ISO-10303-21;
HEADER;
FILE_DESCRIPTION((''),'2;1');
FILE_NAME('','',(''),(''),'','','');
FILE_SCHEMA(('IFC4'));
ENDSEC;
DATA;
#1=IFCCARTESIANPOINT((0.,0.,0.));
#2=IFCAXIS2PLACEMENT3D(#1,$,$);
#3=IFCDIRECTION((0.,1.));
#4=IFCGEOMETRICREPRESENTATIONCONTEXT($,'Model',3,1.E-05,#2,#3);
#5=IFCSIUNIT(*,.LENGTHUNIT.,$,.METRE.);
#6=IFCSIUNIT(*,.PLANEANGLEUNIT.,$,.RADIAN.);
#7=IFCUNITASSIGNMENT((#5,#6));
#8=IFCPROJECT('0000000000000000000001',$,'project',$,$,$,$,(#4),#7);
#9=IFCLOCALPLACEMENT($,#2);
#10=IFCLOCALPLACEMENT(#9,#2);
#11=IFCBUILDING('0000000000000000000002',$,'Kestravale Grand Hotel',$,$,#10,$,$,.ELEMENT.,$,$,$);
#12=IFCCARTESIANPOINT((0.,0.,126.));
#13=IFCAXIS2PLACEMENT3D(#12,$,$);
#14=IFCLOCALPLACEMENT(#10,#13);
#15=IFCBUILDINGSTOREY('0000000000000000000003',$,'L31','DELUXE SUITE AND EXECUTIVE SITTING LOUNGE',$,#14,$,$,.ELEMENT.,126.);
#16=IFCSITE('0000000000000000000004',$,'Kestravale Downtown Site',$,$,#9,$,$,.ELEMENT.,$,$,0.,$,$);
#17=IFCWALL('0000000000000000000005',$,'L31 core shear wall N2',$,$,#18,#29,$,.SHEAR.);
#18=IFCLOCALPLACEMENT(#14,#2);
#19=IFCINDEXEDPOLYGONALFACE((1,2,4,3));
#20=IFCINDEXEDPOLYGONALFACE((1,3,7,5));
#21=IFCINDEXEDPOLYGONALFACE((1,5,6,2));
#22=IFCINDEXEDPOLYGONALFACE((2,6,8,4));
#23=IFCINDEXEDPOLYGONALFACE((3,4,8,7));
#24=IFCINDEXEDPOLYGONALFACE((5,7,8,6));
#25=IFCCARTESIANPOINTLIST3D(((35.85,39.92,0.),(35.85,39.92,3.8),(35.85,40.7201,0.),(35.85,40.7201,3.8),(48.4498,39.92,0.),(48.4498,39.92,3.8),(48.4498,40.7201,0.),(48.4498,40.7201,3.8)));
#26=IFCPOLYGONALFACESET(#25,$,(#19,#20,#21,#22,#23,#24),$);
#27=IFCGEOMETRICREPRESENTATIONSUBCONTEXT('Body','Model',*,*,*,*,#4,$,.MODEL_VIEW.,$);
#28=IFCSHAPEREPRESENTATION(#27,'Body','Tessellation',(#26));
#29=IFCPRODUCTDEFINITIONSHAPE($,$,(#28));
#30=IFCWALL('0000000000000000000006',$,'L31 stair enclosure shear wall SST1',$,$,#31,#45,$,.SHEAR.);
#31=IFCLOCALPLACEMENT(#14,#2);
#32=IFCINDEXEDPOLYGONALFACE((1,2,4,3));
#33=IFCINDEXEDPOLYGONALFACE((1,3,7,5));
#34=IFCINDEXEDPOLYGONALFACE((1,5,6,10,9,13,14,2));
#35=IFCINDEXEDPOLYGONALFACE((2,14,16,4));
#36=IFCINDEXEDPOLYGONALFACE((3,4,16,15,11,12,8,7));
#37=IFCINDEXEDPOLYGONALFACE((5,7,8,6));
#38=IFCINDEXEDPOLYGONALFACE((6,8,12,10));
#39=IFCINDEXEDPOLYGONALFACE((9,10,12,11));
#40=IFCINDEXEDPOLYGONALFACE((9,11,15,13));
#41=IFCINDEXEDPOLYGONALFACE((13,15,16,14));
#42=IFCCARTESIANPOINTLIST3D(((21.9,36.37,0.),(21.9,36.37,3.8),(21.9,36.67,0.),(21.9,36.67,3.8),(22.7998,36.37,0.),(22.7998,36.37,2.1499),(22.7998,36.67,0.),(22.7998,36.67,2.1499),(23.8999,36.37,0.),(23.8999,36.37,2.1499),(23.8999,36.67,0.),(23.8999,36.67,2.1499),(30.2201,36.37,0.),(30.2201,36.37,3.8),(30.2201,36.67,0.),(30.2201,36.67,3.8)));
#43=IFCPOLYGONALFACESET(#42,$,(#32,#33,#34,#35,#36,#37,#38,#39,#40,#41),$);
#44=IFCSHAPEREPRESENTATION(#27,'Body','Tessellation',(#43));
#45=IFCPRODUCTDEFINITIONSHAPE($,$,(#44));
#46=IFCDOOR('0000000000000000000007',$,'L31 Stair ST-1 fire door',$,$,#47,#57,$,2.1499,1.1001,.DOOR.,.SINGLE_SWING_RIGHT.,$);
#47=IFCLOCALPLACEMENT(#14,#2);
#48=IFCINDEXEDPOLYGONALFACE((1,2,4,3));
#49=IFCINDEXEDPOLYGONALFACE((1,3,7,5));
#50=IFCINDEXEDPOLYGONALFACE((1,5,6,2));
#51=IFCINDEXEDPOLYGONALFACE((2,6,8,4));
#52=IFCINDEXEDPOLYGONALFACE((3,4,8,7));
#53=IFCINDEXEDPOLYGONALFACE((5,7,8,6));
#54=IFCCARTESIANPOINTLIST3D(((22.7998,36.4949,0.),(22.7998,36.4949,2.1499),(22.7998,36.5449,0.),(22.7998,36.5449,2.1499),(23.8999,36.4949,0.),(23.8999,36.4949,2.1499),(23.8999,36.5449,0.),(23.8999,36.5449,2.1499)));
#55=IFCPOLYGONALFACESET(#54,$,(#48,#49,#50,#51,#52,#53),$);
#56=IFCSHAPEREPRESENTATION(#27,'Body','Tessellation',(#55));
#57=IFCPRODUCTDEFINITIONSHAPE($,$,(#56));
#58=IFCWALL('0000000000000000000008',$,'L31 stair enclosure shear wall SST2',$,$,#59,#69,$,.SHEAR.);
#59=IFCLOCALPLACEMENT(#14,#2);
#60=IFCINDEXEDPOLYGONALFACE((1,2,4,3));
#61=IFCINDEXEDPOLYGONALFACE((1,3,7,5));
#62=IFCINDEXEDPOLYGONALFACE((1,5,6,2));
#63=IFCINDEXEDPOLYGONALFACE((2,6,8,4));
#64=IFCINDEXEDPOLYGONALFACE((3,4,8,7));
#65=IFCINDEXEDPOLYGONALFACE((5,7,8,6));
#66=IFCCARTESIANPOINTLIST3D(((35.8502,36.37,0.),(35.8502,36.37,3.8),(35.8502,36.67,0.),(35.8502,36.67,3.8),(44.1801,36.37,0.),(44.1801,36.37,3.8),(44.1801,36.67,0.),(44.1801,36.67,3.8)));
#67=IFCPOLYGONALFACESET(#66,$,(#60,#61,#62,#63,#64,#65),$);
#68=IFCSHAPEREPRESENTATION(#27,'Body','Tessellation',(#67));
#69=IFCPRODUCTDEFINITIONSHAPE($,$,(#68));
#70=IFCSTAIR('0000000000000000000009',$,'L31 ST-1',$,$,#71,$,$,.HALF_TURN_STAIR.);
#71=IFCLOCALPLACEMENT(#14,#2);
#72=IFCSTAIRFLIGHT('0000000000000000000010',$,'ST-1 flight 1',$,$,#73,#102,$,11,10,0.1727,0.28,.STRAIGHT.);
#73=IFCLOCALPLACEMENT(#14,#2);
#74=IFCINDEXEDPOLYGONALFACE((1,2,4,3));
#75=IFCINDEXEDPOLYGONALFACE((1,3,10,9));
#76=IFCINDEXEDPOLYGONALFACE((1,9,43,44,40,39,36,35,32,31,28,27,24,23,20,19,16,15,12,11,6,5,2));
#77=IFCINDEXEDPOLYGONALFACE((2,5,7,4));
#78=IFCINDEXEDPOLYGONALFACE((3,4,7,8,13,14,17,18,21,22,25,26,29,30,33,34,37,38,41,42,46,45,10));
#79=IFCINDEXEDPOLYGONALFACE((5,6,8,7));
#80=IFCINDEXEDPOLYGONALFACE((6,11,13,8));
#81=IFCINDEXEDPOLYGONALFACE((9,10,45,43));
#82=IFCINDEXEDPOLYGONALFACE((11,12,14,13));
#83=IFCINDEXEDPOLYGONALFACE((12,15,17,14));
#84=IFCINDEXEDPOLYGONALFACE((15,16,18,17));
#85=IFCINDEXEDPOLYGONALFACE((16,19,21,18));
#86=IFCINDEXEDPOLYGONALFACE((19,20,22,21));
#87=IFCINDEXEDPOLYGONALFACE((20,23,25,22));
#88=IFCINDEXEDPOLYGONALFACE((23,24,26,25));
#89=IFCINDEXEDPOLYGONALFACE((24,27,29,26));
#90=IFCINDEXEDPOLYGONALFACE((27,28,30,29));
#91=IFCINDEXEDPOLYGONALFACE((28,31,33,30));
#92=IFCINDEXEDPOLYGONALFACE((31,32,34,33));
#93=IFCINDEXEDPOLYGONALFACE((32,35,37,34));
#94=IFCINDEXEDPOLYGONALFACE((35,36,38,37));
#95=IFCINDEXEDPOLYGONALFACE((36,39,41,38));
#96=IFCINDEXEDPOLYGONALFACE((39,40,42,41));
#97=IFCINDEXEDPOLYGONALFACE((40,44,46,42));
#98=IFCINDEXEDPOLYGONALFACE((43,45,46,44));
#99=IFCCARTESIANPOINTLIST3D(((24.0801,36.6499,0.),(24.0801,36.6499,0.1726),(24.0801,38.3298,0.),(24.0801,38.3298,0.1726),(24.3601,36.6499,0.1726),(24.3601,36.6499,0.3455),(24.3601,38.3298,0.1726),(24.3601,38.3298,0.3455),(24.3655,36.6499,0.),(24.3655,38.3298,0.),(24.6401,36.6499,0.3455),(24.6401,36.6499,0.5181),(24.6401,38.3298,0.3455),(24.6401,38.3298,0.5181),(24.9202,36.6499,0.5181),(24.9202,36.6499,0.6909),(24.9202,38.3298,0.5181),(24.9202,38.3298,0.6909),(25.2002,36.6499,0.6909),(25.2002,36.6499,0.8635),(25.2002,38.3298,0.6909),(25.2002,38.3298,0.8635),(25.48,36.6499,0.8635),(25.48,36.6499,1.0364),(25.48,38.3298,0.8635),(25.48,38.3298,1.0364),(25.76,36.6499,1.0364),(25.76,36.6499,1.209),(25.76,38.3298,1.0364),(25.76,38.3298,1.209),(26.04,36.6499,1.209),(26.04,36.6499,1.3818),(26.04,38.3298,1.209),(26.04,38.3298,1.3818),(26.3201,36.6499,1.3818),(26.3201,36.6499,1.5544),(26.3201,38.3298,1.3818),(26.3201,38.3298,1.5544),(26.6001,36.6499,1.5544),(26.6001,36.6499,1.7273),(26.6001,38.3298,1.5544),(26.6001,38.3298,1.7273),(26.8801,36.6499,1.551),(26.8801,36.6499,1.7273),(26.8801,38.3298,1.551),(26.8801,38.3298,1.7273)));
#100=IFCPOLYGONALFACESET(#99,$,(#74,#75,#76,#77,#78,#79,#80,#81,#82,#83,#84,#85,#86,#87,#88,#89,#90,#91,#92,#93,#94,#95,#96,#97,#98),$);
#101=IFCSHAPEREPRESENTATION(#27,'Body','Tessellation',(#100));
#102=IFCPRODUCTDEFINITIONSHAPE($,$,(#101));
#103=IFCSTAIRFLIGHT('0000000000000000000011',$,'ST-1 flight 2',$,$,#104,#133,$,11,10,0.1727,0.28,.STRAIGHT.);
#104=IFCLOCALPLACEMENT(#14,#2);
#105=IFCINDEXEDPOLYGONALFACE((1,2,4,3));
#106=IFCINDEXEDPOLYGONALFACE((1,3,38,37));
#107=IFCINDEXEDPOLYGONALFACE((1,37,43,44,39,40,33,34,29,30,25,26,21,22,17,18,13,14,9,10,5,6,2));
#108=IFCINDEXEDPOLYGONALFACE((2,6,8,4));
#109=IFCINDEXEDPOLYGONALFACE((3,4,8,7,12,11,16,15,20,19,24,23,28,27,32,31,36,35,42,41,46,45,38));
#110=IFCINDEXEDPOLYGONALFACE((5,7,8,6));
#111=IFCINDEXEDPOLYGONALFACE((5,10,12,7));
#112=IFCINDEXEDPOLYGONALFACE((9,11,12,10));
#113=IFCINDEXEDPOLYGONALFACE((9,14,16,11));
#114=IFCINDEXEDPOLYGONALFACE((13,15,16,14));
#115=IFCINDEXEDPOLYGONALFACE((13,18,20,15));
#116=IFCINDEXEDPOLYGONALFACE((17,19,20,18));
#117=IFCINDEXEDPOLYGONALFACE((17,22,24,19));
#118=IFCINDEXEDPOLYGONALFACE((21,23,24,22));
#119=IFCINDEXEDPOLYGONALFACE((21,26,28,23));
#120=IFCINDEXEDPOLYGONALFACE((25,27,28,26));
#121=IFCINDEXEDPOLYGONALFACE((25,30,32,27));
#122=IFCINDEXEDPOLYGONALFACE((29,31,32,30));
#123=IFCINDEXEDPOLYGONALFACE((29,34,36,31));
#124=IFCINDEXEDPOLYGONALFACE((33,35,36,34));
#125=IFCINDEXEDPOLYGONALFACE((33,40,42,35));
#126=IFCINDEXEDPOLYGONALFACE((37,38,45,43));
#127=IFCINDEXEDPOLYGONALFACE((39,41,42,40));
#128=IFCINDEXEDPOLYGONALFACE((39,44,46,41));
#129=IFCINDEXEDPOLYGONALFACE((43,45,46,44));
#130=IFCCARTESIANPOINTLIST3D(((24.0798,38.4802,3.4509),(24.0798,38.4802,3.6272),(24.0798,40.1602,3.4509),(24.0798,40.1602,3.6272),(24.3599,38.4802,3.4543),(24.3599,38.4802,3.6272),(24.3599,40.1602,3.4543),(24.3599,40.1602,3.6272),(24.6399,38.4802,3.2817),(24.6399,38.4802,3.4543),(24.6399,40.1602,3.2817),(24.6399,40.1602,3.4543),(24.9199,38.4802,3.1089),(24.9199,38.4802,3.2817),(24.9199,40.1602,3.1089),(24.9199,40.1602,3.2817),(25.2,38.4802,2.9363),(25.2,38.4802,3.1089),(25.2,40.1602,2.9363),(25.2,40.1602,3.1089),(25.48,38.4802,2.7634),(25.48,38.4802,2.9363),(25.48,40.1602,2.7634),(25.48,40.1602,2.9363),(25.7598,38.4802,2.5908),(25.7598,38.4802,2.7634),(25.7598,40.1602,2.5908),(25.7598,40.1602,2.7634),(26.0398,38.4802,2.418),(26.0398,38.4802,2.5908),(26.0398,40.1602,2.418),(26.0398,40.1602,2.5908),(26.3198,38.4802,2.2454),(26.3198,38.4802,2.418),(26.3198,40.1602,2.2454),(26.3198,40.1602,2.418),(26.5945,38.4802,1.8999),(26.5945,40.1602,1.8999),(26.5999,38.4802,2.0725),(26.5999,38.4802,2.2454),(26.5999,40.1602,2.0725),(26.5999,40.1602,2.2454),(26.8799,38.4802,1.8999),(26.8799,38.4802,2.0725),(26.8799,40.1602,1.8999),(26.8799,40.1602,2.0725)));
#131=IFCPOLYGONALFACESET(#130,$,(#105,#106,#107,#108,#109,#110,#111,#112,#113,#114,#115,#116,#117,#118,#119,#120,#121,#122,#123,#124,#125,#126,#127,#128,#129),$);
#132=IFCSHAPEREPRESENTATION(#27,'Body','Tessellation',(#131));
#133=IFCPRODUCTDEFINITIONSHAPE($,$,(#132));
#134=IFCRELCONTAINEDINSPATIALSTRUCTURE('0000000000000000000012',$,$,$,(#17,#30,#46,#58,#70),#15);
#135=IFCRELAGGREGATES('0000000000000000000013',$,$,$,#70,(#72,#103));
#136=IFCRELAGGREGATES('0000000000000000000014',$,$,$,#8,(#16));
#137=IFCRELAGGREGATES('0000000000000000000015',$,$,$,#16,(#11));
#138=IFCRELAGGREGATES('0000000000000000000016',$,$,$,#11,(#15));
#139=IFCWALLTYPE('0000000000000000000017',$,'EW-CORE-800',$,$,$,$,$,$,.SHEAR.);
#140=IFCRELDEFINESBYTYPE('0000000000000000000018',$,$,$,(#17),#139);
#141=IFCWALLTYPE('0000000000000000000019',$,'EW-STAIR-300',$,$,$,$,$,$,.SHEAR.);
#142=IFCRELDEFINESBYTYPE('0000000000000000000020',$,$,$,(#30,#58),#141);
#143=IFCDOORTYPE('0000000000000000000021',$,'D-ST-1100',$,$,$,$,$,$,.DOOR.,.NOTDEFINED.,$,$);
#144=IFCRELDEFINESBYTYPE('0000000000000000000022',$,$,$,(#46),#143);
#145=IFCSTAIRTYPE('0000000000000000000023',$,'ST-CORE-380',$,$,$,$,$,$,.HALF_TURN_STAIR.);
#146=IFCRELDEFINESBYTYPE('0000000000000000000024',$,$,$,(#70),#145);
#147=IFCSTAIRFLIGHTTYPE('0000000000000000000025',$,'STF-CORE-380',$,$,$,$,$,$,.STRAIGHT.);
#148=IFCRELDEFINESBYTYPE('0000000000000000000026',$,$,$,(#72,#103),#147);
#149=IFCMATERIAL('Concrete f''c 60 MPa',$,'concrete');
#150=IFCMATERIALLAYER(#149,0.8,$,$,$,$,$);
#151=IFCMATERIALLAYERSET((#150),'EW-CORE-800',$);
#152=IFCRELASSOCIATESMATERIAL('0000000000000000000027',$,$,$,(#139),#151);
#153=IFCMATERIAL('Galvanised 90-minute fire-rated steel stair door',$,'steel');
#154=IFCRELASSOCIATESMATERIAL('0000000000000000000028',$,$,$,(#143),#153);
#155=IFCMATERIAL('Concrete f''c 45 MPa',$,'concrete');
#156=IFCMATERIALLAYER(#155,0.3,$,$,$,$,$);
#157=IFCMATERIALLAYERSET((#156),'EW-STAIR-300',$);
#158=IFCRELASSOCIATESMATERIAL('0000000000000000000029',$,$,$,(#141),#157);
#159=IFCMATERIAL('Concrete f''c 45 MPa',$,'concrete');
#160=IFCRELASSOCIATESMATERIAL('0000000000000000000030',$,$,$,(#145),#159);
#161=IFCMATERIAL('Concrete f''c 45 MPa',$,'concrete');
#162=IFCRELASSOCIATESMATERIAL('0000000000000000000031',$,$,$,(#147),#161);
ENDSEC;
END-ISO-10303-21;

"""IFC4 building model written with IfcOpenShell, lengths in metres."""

from ifc_helpers import new_model, si_unit, direction, frame, frame_2d, origin, place, context, subcontext, project, spatial, polyline, rectangle, outline, extrude, material, layer, layer_set, type_object, element, fill, aggregate, save


model = new_model("IFC4")

# Units and contexts
model_context = context("Model", 3, precision=1e-05, world=origin(), true_north=direction((0.0, 1.0)))
body_context = subcontext(model_context, "Body", "Model", "MODEL_VIEW")
ifc_project = project(units=[si_unit("LENGTHUNIT", "METRE"), si_unit("PLANEANGLEUNIT", "RADIAN")], contexts=[model_context])

# Site, building, storey
site_placement = place(None, origin())
site = spatial("IfcSite", under=ifc_project, at=site_placement, Name="Kestravale Downtown Site", CompositionType="ELEMENT", RefElevation=0.0)
building_placement = place(site_placement, origin())
building = spatial("IfcBuilding", under=site, at=building_placement, Name="Kestravale Grand Hotel", CompositionType="ELEMENT")
storey_placement = place(building_placement, frame((0.0, 0.0, 126.0)))
storey = spatial("IfcBuildingStorey", under=building, at=storey_placement, Name="L31", Description="DELUXE SUITE AND EXECUTIVE SITTING LOUNGE", CompositionType="ELEMENT", Elevation=126.0)

# Wall
ifc_material_1 = material(Name="Concrete f'c 60 MPa", Category="concrete")
ifc_layer_1 = layer(ifc_material_1, 0.8)
ifc_layer_set_1 = layer_set([ifc_layer_1], Name="EW-CORE-800")
wall_type_1 = type_object("IfcWallType", Name="EW-CORE-800", PredefinedType="SHEAR", material=ifc_layer_set_1)
wall_1_placement = place(storey_placement, frame((35.8501, 40.3201, 0.0), z_axis=(0.0, 0.0, 1.0), x_axis=(1.0, 0.0, 0.0)))
element("IfcWall", 1, at=wall_1_placement, inside=storey, type_object=wall_type_1, Name="L31 core shear wall N2", PredefinedType="SHEAR", context=body_context, shape_type="SweptSolid", body=[
    extrude(rectangle(XDim=12.5999, YDim=0.8, at=frame_2d((6.2998, 0.0))), origin(), (0.0, 0.0, 1.0), 3.8),
])

# Wall, opening, door
ifc_material_2 = material(Name="Galvanised 90-minute fire-rated steel stair door", Category="steel")
door_type_1 = type_object("IfcDoorType", Name="D-ST-1100", OperationType="NOTDEFINED", PredefinedType="DOOR", material=ifc_material_2)
ifc_material_3 = material(Name="Concrete f'c 45 MPa", Category="concrete")
ifc_layer_2 = layer(ifc_material_3, 0.3)
ifc_layer_set_2 = layer_set([ifc_layer_2], Name="EW-STAIR-300")
wall_type_2 = type_object("IfcWallType", Name="EW-STAIR-300", PredefinedType="SHEAR", material=ifc_layer_set_2)
wall_2_placement = place(storey_placement, frame((21.8999, 36.52, 0.0), z_axis=(0.0, 0.0, 1.0), x_axis=(1.0, 0.0, 0.0)))
wall_2 = element("IfcWall", 2, at=wall_2_placement, inside=storey, type_object=wall_type_2, Name="L31 stair enclosure shear wall SST1", PredefinedType="SHEAR", context=body_context, shape_type="SweptSolid", body=[
    extrude(rectangle(XDim=8.3201, YDim=0.3, at=frame_2d((4.1602, 0.0))), origin(), (0.0, 0.0, 1.0), 3.8),
])
opening_1_placement = place(wall_2_placement, frame((0.8999, 0.0, 0.0)))
opening_1 = element("IfcOpeningElement", 3, at=opening_1_placement, cuts=wall_2, PredefinedType="OPENING", context=body_context, shape_type="SweptSolid", body=[
    extrude(rectangle(XDim=1.1001, YDim=2.1499, at=frame_2d((0.55, 1.075))), frame((0.0, 0.1599, 0.0), z_axis=(0.0, -1.0, 0.0), x_axis=(1.0, 0.0, 0.0)), (0.0, 0.0, 1.0), 0.3201),
])
door_1_placement = place(opening_1_placement, origin())
door_1 = element("IfcDoor", 4, at=door_1_placement, inside=storey, type_object=door_type_1, Name="L31 Stair ST-1 fire door", OperationType="SINGLE_SWING_RIGHT", OverallHeight=2.1499, OverallWidth=1.1001, PredefinedType="DOOR", context=body_context, shape_type="SweptSolid", body=[
    extrude(rectangle(XDim=1.1001, YDim=2.1499, at=frame_2d((0.55, 1.075))), frame((0.0, 0.0249, 0.0), z_axis=(0.0, -1.0, 0.0), x_axis=(1.0, 0.0, 0.0)), (0.0, 0.0, 1.0), 0.05),
])
fill(opening_1, door_1)

# Wall
wall_3_placement = place(storey_placement, frame((35.8501, 36.52, 0.0), z_axis=(0.0, 0.0, 1.0), x_axis=(1.0, 0.0, 0.0)))
element("IfcWall", 5, at=wall_3_placement, inside=storey, type_object=wall_type_2, Name="L31 stair enclosure shear wall SST2", PredefinedType="SHEAR", context=body_context, shape_type="SweptSolid", body=[
    extrude(rectangle(XDim=8.3298, YDim=0.3, at=frame_2d((4.165, 0.0))), origin(), (0.0, 0.0, 1.0), 3.8),
])

# Stair, stair flights
ifc_material_4 = material(Name="Concrete f'c 45 MPa", Category="concrete")
stair_type = type_object("IfcStairType", Name="ST-CORE-380", PredefinedType="HALF_TURN_STAIR", material=ifc_material_4)
stair_placement = place(storey_placement, origin())
stair = element("IfcStair", 6, at=stair_placement, inside=storey, type_object=stair_type, Name="L31 ST-1", PredefinedType="HALF_TURN_STAIR")
ifc_material_5 = material(Name="Concrete f'c 45 MPa", Category="concrete")
stair_flight_type = type_object("IfcStairFlightType", Name="STF-CORE-380", PredefinedType="STRAIGHT", material=ifc_material_5)
stair_flight_1_placement = place(storey_placement, frame((24.0801, 37.49, 0.0), z_axis=(0.0, 0.0, 1.0), x_axis=(1.0, 0.0, 0.0)))
stair_flight_1 = element("IfcStairFlight", 7, at=stair_flight_1_placement, type_object=stair_flight_type, Name="ST-1 flight 1", NumberOfRisers=11, NumberOfTreads=10, PredefinedType="STRAIGHT", RiserHeight=0.1727, TreadLength=0.28, context=body_context, shape_type="SweptSolid", body=[
    extrude(outline(polyline([(0.0, 0.0), (0.0, 0.1726), (0.28, 0.1726), (0.28, 0.3455), (0.5601, 0.3455), (0.5601, 0.5181), (0.8401, 0.5181), (0.8401, 0.6909), (1.1201, 0.6909), (1.1201, 0.8635), (1.3999, 0.8635), (1.3999, 1.0364), (1.6799, 1.0364), (1.6799, 1.209), (1.96, 1.209), (1.96, 1.3818), (2.24, 1.3818), (2.24, 1.5544), (2.52, 1.5544), (2.52, 1.7273), (2.8, 1.7273), (2.8, 1.8999), (2.8, 1.551), (0.2854, 0.0), (0.0, 0.0)])), frame((0.0, 0.8398, 0.0), z_axis=(0.0, -1.0, 0.0), x_axis=(1.0, 0.0, 0.0)), (0.0, 0.0, 1.0), 1.6799),
])
stair_flight_2_placement = place(storey_placement, frame((26.8799, 39.3201, 1.8999), z_axis=(0.0, 0.0, 1.0), x_axis=(-1.0, 0.0, 0.0)))
stair_flight_2 = element("IfcStairFlight", 8, at=stair_flight_2_placement, type_object=stair_flight_type, Name="ST-1 flight 2", NumberOfRisers=11, NumberOfTreads=10, PredefinedType="STRAIGHT", RiserHeight=0.1727, TreadLength=0.28, context=body_context, shape_type="SweptSolid", body=[
    extrude(outline(polyline([(0.0, 0.0), (0.0, 0.1726), (0.28, 0.1726), (0.28, 0.3455), (0.5601, 0.3455), (0.5601, 0.5181), (0.8401, 0.5181), (0.8401, 0.6909), (1.1201, 0.6909), (1.1201, 0.8635), (1.3999, 0.8635), (1.3999, 1.0364), (1.6799, 1.0364), (1.6799, 1.209), (1.96, 1.209), (1.96, 1.3818), (2.24, 1.3818), (2.24, 1.5544), (2.52, 1.5544), (2.52, 1.7273), (2.8, 1.7273), (2.8, 1.8999), (2.8, 1.551), (0.2854, 0.0), (0.0, 0.0)])), frame((0.0, 0.8398, 0.0), z_axis=(0.0, -1.0, 0.0), x_axis=(1.0, 0.0, 0.0)), (0.0, 0.0, 1.0), 1.6799),
])
aggregate(stair, [stair_flight_1, stair_flight_2])

save(model, "model.ifc")
